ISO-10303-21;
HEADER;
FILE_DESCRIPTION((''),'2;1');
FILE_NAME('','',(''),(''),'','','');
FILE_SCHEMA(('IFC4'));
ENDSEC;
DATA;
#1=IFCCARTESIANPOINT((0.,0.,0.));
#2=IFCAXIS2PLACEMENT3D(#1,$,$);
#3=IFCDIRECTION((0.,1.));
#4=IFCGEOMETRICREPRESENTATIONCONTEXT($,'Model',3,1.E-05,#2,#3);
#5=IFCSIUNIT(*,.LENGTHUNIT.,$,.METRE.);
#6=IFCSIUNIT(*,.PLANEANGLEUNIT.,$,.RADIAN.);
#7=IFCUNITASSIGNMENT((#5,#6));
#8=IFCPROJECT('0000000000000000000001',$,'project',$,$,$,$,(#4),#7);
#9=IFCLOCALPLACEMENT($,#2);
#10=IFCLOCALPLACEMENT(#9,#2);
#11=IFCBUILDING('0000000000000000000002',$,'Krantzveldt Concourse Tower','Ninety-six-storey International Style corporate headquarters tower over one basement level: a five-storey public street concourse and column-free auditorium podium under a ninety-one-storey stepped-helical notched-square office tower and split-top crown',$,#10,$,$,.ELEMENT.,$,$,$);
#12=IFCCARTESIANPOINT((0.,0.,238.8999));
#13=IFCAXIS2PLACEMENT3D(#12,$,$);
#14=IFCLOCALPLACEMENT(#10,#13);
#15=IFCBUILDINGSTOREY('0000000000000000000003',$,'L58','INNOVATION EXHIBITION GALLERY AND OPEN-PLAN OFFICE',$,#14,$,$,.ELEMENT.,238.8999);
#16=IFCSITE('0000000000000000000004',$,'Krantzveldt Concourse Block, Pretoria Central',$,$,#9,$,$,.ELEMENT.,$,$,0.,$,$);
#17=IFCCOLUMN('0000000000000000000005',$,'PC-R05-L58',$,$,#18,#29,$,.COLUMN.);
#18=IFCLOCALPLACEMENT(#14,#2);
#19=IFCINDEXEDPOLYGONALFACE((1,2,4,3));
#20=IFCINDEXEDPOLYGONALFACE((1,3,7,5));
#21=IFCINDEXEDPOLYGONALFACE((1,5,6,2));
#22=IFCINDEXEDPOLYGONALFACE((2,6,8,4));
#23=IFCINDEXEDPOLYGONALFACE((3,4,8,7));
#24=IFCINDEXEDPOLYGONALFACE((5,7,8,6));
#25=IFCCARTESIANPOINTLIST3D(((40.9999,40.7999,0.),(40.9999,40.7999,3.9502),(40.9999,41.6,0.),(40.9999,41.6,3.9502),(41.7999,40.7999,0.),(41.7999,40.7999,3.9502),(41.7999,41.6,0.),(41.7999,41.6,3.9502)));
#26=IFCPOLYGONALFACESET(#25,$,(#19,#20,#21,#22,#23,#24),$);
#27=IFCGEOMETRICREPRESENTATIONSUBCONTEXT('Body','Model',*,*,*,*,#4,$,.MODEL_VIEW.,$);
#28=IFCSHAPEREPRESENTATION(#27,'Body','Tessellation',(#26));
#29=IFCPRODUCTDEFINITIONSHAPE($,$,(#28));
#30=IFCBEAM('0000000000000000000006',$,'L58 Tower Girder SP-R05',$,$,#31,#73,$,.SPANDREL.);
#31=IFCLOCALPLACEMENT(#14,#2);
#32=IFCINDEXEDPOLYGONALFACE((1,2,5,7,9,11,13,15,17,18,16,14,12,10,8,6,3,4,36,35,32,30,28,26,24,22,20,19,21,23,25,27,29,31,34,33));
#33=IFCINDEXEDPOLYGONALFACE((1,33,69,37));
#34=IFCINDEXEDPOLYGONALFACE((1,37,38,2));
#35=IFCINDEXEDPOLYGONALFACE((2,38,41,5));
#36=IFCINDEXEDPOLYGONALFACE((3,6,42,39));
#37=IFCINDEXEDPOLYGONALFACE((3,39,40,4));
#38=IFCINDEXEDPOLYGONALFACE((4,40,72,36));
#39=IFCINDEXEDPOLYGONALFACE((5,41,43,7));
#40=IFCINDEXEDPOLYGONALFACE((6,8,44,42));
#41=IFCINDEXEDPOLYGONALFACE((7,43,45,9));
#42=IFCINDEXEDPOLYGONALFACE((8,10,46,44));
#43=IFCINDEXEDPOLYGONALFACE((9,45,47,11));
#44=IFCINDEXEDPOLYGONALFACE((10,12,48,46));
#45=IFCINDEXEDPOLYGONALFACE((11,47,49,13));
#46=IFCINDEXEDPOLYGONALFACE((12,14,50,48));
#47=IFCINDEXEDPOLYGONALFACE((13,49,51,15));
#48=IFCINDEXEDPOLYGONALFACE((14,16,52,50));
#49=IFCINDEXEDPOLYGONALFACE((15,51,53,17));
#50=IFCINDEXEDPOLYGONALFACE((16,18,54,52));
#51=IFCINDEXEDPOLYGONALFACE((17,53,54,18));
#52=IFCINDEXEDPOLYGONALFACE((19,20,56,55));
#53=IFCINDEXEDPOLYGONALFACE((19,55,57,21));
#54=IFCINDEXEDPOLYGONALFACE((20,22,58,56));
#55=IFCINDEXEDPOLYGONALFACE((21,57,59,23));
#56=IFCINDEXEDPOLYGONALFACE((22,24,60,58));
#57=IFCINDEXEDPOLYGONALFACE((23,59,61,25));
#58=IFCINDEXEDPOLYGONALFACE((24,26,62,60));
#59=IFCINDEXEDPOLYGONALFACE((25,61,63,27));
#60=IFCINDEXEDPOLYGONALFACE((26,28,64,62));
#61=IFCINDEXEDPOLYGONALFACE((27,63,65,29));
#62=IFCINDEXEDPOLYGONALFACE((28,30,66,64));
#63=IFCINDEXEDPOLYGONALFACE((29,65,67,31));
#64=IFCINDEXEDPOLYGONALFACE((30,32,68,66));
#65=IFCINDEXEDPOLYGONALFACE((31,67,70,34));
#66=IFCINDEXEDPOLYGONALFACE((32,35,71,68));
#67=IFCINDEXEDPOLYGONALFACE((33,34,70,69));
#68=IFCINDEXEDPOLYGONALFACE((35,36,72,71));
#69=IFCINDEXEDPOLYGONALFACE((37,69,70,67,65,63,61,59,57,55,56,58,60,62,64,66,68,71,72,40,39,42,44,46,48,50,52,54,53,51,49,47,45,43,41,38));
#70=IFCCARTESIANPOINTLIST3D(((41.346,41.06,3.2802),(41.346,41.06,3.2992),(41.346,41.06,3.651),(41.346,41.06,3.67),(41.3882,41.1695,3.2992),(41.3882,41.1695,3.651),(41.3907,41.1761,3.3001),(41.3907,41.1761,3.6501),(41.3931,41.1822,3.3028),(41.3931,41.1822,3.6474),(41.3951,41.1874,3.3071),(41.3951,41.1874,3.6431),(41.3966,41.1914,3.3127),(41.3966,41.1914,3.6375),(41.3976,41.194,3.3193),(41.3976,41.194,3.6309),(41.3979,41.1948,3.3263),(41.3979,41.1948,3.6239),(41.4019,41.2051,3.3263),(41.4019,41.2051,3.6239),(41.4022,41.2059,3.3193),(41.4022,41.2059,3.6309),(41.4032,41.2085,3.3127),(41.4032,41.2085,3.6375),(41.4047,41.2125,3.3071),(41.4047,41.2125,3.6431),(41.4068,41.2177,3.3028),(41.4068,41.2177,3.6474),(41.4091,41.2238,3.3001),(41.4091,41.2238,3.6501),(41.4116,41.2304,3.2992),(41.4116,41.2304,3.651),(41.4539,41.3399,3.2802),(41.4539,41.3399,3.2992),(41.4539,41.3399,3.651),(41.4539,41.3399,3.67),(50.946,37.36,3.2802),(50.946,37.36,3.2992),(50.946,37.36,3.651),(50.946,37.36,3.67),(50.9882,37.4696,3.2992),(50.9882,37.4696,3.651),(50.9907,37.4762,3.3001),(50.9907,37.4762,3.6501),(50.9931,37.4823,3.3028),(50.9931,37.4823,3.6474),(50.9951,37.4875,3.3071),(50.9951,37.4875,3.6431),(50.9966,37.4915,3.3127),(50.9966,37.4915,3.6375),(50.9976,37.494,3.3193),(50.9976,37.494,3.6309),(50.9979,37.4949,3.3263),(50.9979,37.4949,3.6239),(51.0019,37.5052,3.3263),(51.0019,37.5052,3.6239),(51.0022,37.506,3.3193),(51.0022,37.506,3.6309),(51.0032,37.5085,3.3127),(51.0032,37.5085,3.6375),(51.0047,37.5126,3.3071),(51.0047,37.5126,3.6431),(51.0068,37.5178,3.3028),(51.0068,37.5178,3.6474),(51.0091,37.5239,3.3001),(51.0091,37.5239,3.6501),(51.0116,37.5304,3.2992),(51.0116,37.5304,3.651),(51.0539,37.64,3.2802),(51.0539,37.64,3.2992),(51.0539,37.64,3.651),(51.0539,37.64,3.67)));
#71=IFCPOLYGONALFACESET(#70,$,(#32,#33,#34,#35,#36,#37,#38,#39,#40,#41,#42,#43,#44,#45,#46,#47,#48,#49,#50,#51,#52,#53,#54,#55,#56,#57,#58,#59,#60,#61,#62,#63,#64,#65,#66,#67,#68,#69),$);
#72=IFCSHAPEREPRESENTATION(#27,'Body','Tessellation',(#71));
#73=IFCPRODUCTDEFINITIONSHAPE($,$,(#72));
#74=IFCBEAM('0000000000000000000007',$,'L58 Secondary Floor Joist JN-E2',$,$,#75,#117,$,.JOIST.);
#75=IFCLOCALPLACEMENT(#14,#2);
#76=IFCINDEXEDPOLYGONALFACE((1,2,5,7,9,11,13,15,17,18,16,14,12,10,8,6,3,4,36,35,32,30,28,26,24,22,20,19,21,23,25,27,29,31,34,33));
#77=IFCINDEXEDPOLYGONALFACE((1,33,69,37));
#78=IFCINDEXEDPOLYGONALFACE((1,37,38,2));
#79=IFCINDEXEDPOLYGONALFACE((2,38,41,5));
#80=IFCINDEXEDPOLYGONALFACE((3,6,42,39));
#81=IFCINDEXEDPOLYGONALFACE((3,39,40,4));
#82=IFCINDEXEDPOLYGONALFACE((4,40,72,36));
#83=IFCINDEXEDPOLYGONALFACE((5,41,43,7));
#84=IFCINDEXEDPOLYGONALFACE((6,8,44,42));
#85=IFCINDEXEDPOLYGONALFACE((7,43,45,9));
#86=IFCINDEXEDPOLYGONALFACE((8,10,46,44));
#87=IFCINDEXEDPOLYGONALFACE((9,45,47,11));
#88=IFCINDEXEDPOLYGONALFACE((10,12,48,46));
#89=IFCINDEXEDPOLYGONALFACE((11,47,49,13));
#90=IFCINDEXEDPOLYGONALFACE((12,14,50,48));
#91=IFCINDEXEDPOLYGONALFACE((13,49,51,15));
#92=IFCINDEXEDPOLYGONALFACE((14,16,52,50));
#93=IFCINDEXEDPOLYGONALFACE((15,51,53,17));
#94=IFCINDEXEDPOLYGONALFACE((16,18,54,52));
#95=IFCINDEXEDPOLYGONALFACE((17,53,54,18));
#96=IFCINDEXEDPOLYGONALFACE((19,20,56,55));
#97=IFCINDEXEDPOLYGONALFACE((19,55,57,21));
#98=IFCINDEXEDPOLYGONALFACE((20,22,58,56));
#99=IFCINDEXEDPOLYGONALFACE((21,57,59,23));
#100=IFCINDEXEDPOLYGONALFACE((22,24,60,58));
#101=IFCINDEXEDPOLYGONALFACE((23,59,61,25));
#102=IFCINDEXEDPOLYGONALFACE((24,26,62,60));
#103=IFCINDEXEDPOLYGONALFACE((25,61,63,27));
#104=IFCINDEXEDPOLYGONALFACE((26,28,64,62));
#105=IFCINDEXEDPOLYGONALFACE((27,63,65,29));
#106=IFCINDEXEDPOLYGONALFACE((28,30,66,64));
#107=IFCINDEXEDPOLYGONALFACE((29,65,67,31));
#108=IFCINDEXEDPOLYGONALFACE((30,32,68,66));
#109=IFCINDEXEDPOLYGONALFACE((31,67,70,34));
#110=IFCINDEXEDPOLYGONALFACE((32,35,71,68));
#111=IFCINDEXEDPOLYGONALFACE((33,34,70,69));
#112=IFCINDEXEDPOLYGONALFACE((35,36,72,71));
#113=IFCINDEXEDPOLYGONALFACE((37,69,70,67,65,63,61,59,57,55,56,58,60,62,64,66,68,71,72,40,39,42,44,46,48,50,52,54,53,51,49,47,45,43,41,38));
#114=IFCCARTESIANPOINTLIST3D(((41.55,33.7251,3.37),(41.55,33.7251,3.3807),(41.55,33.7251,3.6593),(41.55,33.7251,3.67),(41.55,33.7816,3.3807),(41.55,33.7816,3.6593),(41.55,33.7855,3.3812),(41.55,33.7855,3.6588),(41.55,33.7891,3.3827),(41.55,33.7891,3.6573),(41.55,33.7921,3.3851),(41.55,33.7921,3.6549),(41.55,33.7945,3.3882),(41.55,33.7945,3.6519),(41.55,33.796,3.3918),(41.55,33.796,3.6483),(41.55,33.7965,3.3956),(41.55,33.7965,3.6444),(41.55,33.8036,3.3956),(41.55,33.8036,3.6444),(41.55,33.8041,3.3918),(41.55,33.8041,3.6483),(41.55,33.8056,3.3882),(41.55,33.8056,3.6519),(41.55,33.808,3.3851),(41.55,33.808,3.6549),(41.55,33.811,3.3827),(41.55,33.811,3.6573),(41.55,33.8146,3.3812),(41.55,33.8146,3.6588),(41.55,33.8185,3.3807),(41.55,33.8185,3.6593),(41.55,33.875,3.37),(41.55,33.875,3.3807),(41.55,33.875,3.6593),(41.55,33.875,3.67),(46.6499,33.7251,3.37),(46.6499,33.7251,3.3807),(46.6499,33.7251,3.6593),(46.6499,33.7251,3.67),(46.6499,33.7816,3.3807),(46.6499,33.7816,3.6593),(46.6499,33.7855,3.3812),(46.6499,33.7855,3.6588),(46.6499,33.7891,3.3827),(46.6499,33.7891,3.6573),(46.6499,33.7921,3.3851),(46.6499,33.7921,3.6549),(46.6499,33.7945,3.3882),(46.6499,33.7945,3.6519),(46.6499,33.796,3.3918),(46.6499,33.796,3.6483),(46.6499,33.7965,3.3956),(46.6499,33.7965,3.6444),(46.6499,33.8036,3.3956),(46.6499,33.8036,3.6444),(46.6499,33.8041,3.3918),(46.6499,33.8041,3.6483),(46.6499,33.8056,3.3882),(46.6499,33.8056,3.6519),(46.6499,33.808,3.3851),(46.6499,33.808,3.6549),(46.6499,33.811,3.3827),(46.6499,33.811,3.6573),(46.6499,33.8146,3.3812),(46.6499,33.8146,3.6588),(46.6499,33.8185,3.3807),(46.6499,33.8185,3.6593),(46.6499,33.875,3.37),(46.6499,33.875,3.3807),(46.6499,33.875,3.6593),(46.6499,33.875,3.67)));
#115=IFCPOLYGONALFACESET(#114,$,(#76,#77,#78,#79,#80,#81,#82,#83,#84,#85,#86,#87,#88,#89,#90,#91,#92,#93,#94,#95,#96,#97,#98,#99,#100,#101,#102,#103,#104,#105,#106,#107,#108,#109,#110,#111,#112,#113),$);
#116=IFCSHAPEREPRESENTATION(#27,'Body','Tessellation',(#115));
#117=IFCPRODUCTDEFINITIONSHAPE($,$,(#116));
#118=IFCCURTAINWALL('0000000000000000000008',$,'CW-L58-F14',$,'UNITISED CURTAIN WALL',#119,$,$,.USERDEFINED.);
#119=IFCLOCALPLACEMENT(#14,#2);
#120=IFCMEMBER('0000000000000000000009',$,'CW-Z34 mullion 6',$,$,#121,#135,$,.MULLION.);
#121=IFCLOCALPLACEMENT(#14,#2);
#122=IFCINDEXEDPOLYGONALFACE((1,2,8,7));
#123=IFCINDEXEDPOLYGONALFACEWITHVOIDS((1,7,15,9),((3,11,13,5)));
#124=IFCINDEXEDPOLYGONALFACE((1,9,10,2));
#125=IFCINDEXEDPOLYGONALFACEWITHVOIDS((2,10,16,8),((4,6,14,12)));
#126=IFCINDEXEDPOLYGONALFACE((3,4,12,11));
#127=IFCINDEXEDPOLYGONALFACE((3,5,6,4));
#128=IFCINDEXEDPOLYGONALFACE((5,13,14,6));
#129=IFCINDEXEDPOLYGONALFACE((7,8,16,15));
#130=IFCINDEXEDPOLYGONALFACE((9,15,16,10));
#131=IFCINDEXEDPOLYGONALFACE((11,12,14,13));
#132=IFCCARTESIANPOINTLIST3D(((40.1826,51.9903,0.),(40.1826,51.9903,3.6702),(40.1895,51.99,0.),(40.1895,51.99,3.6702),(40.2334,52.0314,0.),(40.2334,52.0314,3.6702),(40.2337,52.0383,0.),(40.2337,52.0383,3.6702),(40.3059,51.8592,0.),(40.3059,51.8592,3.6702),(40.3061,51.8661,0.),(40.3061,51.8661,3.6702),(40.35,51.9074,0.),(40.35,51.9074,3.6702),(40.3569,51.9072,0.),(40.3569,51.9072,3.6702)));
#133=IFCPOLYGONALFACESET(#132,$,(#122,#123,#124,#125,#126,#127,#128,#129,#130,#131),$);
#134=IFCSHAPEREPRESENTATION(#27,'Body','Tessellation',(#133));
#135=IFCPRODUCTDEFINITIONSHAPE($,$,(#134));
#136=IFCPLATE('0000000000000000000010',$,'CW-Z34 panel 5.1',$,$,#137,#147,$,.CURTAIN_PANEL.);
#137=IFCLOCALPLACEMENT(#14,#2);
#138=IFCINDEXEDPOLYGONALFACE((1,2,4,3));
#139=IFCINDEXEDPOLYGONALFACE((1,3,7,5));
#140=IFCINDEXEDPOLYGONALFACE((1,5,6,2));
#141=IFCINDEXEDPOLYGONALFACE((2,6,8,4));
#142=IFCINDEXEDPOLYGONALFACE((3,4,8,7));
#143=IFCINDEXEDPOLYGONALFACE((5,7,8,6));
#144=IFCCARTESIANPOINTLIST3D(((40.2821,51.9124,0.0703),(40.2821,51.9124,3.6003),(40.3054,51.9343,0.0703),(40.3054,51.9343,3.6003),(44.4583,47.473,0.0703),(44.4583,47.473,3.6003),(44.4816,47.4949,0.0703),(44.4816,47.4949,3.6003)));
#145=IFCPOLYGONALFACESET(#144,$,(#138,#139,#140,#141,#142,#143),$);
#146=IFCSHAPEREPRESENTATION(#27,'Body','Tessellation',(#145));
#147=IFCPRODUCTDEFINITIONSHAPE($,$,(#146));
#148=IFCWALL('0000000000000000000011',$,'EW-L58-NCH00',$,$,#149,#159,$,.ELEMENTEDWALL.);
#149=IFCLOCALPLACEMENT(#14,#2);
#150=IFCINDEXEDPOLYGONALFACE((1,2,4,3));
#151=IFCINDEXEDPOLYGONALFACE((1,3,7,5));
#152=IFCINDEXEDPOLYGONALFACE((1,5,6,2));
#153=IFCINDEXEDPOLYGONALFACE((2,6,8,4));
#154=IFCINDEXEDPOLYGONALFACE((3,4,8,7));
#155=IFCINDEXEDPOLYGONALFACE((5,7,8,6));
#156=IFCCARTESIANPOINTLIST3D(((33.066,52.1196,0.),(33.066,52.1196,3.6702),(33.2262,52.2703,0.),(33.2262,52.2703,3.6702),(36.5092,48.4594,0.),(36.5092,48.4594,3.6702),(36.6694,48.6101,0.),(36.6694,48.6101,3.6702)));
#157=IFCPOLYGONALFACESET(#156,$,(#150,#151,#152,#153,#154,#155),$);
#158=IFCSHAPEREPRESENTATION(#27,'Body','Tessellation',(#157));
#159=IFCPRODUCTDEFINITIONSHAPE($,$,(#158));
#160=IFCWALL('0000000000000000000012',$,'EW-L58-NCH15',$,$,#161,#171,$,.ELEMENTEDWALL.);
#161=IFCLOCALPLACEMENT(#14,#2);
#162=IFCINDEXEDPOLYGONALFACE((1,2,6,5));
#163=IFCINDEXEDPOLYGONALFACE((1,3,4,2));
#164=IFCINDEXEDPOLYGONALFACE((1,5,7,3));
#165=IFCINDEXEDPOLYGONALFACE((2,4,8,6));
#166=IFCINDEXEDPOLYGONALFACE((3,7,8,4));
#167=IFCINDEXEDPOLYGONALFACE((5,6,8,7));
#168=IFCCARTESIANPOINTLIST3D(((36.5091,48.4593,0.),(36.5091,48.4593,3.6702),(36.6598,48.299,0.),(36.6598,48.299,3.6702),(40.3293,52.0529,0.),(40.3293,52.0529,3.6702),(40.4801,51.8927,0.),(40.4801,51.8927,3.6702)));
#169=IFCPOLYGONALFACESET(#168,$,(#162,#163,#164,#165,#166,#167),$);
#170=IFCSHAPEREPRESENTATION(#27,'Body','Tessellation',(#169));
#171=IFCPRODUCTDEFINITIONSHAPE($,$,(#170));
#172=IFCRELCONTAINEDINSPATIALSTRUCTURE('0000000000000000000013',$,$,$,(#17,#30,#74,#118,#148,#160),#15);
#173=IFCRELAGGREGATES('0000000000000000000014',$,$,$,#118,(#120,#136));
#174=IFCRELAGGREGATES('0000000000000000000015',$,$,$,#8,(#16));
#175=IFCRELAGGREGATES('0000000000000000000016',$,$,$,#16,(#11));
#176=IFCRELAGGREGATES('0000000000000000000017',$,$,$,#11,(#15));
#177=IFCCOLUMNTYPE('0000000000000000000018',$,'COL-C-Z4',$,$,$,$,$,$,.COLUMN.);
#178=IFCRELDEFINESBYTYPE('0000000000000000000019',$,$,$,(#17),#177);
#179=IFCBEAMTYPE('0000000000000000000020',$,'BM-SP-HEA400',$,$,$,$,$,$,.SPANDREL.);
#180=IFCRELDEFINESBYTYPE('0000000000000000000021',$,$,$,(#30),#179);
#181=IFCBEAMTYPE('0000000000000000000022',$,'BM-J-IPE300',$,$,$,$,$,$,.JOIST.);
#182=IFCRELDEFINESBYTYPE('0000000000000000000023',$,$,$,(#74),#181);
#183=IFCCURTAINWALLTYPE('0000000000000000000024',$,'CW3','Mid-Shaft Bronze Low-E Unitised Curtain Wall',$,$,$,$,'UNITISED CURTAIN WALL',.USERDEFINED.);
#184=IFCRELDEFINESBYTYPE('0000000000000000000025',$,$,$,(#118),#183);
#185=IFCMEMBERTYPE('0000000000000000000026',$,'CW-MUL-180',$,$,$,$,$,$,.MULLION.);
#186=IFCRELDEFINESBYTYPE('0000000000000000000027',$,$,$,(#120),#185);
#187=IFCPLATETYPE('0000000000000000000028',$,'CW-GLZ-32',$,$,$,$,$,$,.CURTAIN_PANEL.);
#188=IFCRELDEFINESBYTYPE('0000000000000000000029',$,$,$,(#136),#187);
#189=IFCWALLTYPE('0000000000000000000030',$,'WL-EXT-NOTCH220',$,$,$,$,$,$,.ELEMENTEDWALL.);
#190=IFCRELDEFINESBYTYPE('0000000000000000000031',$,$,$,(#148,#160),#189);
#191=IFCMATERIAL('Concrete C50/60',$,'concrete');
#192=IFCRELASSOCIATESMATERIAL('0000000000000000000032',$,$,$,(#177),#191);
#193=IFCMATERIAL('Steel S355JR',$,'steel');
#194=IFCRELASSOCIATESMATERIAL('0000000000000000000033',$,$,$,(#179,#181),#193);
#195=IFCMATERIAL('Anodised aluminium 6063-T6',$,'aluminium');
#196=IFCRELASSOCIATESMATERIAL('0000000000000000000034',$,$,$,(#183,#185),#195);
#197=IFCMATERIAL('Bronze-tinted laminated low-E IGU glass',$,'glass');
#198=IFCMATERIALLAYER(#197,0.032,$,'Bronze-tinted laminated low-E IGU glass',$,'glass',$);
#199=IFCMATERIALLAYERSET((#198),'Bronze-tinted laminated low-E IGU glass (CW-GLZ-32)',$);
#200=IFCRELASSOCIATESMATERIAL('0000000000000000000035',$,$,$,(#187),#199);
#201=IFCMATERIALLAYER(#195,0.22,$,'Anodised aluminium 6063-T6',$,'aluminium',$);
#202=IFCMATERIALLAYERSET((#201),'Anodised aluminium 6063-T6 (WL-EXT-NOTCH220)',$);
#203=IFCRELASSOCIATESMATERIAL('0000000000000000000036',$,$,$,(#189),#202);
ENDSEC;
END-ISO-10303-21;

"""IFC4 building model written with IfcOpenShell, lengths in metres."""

from ifc_helpers import new_model, si_unit, direction, frame, frame_2d, origin, origin_2d, place, context, subcontext, project, spatial, rectangle, hollow_rectangle, i_section, extrude, source, transform, mapped, material, layer, layer_set, material_profile, profile_set, type_object, type_shapes, element, aggregate, save


model = new_model("IFC4")

# Units and contexts
model_context = context("Model", 3, precision=1e-05, world=origin(), true_north=direction((0.0, 1.0)))
body_context = subcontext(model_context, "Body", "Model", "MODEL_VIEW")
ifc_project = project(units=[si_unit("LENGTHUNIT", "METRE"), si_unit("PLANEANGLEUNIT", "RADIAN")], contexts=[model_context])

# Site, building, storey
site_placement = place(None, origin())
site = spatial("IfcSite", under=ifc_project, at=site_placement, Name="Krantzveldt Concourse Block, Pretoria Central", CompositionType="ELEMENT", RefElevation=0.0)
building_placement = place(site_placement, origin())
building = spatial("IfcBuilding", under=site, at=building_placement, Name="Krantzveldt Concourse Tower", Description="Ninety-six-storey International Style corporate headquarters tower over one basement level: a five-storey public street concourse and column-free auditorium podium under a ninety-one-storey stepped-helical notched-square office tower and split-top crown", CompositionType="ELEMENT")
storey_placement = place(building_placement, frame((0.0, 0.0, 238.8999)))
storey = spatial("IfcBuildingStorey", under=building, at=storey_placement, Name="L58", Description="INNOVATION EXHIBITION GALLERY AND OPEN-PLAN OFFICE", CompositionType="ELEMENT", Elevation=238.8999)

# Column
ifc_material_1 = material(Name="Concrete C50/60", Category="concrete")
ifc_material_profile_1 = material_profile(ifc_material_1, rectangle(XDim=0.8, YDim=0.8, at=origin_2d()), Name="Concrete C50/60", Category="concrete")
ifc_profile_set_1 = profile_set([ifc_material_profile_1], Name="Concrete C50/60 - RC 800x800")
column_type = type_object("IfcColumnType", Name="COL-C-Z4", PredefinedType="COLUMN", material=ifc_profile_set_1)
shared_shape_1 = source(origin(), body_context, "Body", "SweptSolid", [
    extrude(rectangle(XDim=0.8, YDim=0.8, at=origin_2d()), origin(), (0.0, 0.0, 1.0), 3.9502),
])
type_shapes(column_type, [shared_shape_1])
column_placement = place(storey_placement, frame((41.3999, 41.2, 0.0), z_axis=(0.0, 0.0, 1.0), x_axis=(1.0, 0.0, 0.0)))
element("IfcColumn", 1, at=column_placement, inside=storey, type_object=column_type, Name="PC-R05-L58", PredefinedType="COLUMN", context=body_context, shape_type="MappedRepresentation", body=[
    mapped(shared_shape_1, transform((0.0, 0.0, 0.0), x_axis=(1.0, 0.0, 0.0), y_axis=(0.0, 1.0, 0.0), z_axis=(0.0, 0.0, 1.0), scale=1.0)),
])

# Beams
ifc_material_2 = material(Name="Steel S355JR", Category="steel")
ifc_material_profile_2 = material_profile(ifc_material_2, i_section(OverallWidth=0.3, OverallDepth=0.3899, WebThickness=0.011, FlangeThickness=0.019, FilletRadius=0.0271, at=origin_2d()), Name="Steel S355JR", Category="steel")
ifc_profile_set_2 = profile_set([ifc_material_profile_2], Name="Steel S355JR - HEA 400")
beam_type_1 = type_object("IfcBeamType", Name="BM-SP-HEA400", PredefinedType="SPANDREL", material=ifc_profile_set_2)
shared_shape_2 = source(origin(), body_context, "Body", "SweptSolid", [
    extrude(i_section(OverallWidth=0.3, OverallDepth=0.3899, WebThickness=0.011, FlangeThickness=0.019, FilletRadius=0.0271, at=origin_2d()), origin(), (0.0, 0.0, 1.0), 10.2883),
])
type_shapes(beam_type_1, [shared_shape_2])
beam_1_placement = place(storey_placement, frame((41.3999, 41.2, 3.4751), z_axis=(0.933098, -0.359623, 0.0), x_axis=(0.359623, 0.933098, 0.0)))
element("IfcBeam", 2, at=beam_1_placement, inside=storey, type_object=beam_type_1, Name="L58 Tower Girder SP-R05", PredefinedType="SPANDREL", context=body_context, shape_type="MappedRepresentation", body=[
    mapped(shared_shape_2, transform((0.0, 0.0, 0.0), x_axis=(1.0, 0.0, 0.0), y_axis=(0.0, 1.0, 0.0), z_axis=(0.0, 0.0, 1.0), scale=1.0)),
])
ifc_material_profile_3 = material_profile(ifc_material_2, i_section(OverallWidth=0.1499, OverallDepth=0.3, WebThickness=0.0071, FlangeThickness=0.0107, FilletRadius=0.0149, at=origin_2d()), Name="Steel S355JR", Category="steel")
ifc_profile_set_3 = profile_set([ifc_material_profile_3], Name="Steel S355JR - IPE 300")
beam_type_2 = type_object("IfcBeamType", Name="BM-J-IPE300", PredefinedType="JOIST", material=ifc_profile_set_3)
shared_shape_3 = source(origin(), body_context, "Body", "SweptSolid", [
    extrude(i_section(OverallWidth=0.1499, OverallDepth=0.3, WebThickness=0.0071, FlangeThickness=0.0107, FilletRadius=0.0149, at=origin_2d()), origin(), (0.0, 0.0, 1.0), 5.0999),
])
type_shapes(beam_type_2, [shared_shape_3])
beam_2_placement = place(storey_placement, frame((41.55, 33.8, 3.52), z_axis=(1.0, 0.0, 0.0), x_axis=(0.0, 1.0, 0.0)))
element("IfcBeam", 3, at=beam_2_placement, inside=storey, type_object=beam_type_2, Name="L58 Secondary Floor Joist JN-E2", PredefinedType="JOIST", context=body_context, shape_type="MappedRepresentation", body=[
    mapped(shared_shape_3, transform((0.0, 0.0, 0.0), x_axis=(1.0, 0.0, 0.0), y_axis=(0.0, 1.0, 0.0), z_axis=(0.0, 0.0, 1.0), scale=1.0)),
])

# Curtain wall, member, plate
ifc_material_3 = material(Name="Anodised aluminium 6063-T6", Category="aluminium")
curtain_wall_type = type_object("IfcCurtainWallType", Name="CW3", Description="Mid-Shaft Bronze Low-E Unitised Curtain Wall", ElementType="UNITISED CURTAIN WALL", PredefinedType="USERDEFINED", material=ifc_material_3)
curtain_wall_placement = place(storey_placement, origin())
curtain_wall = element("IfcCurtainWall", 4, at=curtain_wall_placement, inside=storey, type_object=curtain_wall_type, Name="CW-L58-F14", ObjectType="UNITISED CURTAIN WALL", PredefinedType="USERDEFINED")
ifc_material_profile_4 = material_profile(ifc_material_3, hollow_rectangle(XDim=0.0701, YDim=0.1799, WallThickness=0.0049, at=origin_2d()), Name="Anodised aluminium 6063-T6", Category="aluminium")
ifc_profile_set_4 = profile_set([ifc_material_profile_4], Name="Anodised aluminium 6063-T6 - ALU-MULL 180x70x5")
member_type = type_object("IfcMemberType", Name="CW-MUL-180", PredefinedType="MULLION", material=ifc_profile_set_4)
shared_shape_4 = source(origin(), body_context, "Body", "SweptSolid", [
    extrude(hollow_rectangle(XDim=0.0701, YDim=0.1799, WallThickness=0.0049, at=origin_2d()), origin(), (0.0, 0.0, 1.0), 3.6702),
])
type_shapes(member_type, [shared_shape_4])
member_placement = place(storey_placement, frame((40.2698, 51.9487, 0.0), z_axis=(0.0, 0.0, 1.0), x_axis=(-0.728371, -0.685183, 0.0)))
member = element("IfcMember", 5, at=member_placement, type_object=member_type, Name="CW-Z34 mullion 6", PredefinedType="MULLION", context=body_context, shape_type="MappedRepresentation", body=[
    mapped(shared_shape_4, transform((0.0, 0.0, 0.0), x_axis=(1.0, 0.0, 0.0), y_axis=(0.0, 1.0, 0.0), z_axis=(0.0, 0.0, 1.0), scale=1.0)),
])
ifc_material_4 = material(Name="Bronze-tinted laminated low-E IGU glass", Category="glass")
ifc_layer_1 = layer(ifc_material_4, 0.032, Name="Bronze-tinted laminated low-E IGU glass", Category="glass")
ifc_layer_set_1 = layer_set([ifc_layer_1], Name="Bronze-tinted laminated low-E IGU glass (CW-GLZ-32)")
plate_type = type_object("IfcPlateType", Name="CW-GLZ-32", PredefinedType="CURTAIN_PANEL", material=ifc_layer_set_1)
shared_shape_5 = source(origin(), body_context, "Body", "SweptSolid", [
    extrude(rectangle(XDim=6.095, YDim=0.032, at=origin_2d()), origin(), (0.0, 0.0, 1.0), 3.53),
])
type_shapes(plate_type, [shared_shape_5])
plate_placement = place(storey_placement, frame((42.3818, 49.7036, 0.0703), z_axis=(0.0, 0.0, 1.0), x_axis=(-0.685183, 0.728371, 0.0)))
plate = element("IfcPlate", 6, at=plate_placement, type_object=plate_type, Name="CW-Z34 panel 5.1", PredefinedType="CURTAIN_PANEL", context=body_context, shape_type="MappedRepresentation", body=[
    mapped(shared_shape_5, transform((0.0, 0.0, 0.0), x_axis=(1.0, 0.0, 0.0), y_axis=(0.0, 1.0, 0.0), z_axis=(0.0, 0.0, 1.0), scale=1.0)),
])
aggregate(curtain_wall, [member, plate])

# Walls
ifc_layer_2 = layer(ifc_material_3, 0.22, Name="Anodised aluminium 6063-T6", Category="aluminium")
ifc_layer_set_2 = layer_set([ifc_layer_2], Name="Anodised aluminium 6063-T6 (WL-EXT-NOTCH220)")
wall_type_1 = type_object("IfcWallType", Name="WL-EXT-NOTCH220", PredefinedType="ELEMENTEDWALL", material=ifc_layer_set_2)
wall_1_placement = place(storey_placement, frame((36.5894, 48.5347, 0.0), z_axis=(0.0, 0.0, 1.0), x_axis=(-0.685181, 0.728373, 0.0)))
element("IfcWall", 7, at=wall_1_placement, inside=storey, type_object=wall_type_1, Name="EW-L58-NCH00", PredefinedType="ELEMENTEDWALL", context=body_context, shape_type="SweptSolid", body=[
    extrude(rectangle(XDim=5.0251, YDim=0.22, at=frame_2d((2.5127, 0.0))), origin(), (0.0, 0.0, 1.0), 3.6702),
])
wall_2_placement = place(storey_placement, frame((40.4048, 51.9729, 0.0), z_axis=(0.0, 0.0, 1.0), x_axis=(-0.728375, -0.685179, 0.0)))
element("IfcWall", 8, at=wall_2_placement, inside=storey, type_object=wall_type_1, Name="EW-L58-NCH15", PredefinedType="ELEMENTEDWALL", context=body_context, shape_type="SweptSolid", body=[
    extrude(rectangle(XDim=5.2449, YDim=0.22, at=frame_2d((2.6226, 0.0))), origin(), (0.0, 0.0, 1.0), 3.6702),
])

save(model, "model.ifc")
